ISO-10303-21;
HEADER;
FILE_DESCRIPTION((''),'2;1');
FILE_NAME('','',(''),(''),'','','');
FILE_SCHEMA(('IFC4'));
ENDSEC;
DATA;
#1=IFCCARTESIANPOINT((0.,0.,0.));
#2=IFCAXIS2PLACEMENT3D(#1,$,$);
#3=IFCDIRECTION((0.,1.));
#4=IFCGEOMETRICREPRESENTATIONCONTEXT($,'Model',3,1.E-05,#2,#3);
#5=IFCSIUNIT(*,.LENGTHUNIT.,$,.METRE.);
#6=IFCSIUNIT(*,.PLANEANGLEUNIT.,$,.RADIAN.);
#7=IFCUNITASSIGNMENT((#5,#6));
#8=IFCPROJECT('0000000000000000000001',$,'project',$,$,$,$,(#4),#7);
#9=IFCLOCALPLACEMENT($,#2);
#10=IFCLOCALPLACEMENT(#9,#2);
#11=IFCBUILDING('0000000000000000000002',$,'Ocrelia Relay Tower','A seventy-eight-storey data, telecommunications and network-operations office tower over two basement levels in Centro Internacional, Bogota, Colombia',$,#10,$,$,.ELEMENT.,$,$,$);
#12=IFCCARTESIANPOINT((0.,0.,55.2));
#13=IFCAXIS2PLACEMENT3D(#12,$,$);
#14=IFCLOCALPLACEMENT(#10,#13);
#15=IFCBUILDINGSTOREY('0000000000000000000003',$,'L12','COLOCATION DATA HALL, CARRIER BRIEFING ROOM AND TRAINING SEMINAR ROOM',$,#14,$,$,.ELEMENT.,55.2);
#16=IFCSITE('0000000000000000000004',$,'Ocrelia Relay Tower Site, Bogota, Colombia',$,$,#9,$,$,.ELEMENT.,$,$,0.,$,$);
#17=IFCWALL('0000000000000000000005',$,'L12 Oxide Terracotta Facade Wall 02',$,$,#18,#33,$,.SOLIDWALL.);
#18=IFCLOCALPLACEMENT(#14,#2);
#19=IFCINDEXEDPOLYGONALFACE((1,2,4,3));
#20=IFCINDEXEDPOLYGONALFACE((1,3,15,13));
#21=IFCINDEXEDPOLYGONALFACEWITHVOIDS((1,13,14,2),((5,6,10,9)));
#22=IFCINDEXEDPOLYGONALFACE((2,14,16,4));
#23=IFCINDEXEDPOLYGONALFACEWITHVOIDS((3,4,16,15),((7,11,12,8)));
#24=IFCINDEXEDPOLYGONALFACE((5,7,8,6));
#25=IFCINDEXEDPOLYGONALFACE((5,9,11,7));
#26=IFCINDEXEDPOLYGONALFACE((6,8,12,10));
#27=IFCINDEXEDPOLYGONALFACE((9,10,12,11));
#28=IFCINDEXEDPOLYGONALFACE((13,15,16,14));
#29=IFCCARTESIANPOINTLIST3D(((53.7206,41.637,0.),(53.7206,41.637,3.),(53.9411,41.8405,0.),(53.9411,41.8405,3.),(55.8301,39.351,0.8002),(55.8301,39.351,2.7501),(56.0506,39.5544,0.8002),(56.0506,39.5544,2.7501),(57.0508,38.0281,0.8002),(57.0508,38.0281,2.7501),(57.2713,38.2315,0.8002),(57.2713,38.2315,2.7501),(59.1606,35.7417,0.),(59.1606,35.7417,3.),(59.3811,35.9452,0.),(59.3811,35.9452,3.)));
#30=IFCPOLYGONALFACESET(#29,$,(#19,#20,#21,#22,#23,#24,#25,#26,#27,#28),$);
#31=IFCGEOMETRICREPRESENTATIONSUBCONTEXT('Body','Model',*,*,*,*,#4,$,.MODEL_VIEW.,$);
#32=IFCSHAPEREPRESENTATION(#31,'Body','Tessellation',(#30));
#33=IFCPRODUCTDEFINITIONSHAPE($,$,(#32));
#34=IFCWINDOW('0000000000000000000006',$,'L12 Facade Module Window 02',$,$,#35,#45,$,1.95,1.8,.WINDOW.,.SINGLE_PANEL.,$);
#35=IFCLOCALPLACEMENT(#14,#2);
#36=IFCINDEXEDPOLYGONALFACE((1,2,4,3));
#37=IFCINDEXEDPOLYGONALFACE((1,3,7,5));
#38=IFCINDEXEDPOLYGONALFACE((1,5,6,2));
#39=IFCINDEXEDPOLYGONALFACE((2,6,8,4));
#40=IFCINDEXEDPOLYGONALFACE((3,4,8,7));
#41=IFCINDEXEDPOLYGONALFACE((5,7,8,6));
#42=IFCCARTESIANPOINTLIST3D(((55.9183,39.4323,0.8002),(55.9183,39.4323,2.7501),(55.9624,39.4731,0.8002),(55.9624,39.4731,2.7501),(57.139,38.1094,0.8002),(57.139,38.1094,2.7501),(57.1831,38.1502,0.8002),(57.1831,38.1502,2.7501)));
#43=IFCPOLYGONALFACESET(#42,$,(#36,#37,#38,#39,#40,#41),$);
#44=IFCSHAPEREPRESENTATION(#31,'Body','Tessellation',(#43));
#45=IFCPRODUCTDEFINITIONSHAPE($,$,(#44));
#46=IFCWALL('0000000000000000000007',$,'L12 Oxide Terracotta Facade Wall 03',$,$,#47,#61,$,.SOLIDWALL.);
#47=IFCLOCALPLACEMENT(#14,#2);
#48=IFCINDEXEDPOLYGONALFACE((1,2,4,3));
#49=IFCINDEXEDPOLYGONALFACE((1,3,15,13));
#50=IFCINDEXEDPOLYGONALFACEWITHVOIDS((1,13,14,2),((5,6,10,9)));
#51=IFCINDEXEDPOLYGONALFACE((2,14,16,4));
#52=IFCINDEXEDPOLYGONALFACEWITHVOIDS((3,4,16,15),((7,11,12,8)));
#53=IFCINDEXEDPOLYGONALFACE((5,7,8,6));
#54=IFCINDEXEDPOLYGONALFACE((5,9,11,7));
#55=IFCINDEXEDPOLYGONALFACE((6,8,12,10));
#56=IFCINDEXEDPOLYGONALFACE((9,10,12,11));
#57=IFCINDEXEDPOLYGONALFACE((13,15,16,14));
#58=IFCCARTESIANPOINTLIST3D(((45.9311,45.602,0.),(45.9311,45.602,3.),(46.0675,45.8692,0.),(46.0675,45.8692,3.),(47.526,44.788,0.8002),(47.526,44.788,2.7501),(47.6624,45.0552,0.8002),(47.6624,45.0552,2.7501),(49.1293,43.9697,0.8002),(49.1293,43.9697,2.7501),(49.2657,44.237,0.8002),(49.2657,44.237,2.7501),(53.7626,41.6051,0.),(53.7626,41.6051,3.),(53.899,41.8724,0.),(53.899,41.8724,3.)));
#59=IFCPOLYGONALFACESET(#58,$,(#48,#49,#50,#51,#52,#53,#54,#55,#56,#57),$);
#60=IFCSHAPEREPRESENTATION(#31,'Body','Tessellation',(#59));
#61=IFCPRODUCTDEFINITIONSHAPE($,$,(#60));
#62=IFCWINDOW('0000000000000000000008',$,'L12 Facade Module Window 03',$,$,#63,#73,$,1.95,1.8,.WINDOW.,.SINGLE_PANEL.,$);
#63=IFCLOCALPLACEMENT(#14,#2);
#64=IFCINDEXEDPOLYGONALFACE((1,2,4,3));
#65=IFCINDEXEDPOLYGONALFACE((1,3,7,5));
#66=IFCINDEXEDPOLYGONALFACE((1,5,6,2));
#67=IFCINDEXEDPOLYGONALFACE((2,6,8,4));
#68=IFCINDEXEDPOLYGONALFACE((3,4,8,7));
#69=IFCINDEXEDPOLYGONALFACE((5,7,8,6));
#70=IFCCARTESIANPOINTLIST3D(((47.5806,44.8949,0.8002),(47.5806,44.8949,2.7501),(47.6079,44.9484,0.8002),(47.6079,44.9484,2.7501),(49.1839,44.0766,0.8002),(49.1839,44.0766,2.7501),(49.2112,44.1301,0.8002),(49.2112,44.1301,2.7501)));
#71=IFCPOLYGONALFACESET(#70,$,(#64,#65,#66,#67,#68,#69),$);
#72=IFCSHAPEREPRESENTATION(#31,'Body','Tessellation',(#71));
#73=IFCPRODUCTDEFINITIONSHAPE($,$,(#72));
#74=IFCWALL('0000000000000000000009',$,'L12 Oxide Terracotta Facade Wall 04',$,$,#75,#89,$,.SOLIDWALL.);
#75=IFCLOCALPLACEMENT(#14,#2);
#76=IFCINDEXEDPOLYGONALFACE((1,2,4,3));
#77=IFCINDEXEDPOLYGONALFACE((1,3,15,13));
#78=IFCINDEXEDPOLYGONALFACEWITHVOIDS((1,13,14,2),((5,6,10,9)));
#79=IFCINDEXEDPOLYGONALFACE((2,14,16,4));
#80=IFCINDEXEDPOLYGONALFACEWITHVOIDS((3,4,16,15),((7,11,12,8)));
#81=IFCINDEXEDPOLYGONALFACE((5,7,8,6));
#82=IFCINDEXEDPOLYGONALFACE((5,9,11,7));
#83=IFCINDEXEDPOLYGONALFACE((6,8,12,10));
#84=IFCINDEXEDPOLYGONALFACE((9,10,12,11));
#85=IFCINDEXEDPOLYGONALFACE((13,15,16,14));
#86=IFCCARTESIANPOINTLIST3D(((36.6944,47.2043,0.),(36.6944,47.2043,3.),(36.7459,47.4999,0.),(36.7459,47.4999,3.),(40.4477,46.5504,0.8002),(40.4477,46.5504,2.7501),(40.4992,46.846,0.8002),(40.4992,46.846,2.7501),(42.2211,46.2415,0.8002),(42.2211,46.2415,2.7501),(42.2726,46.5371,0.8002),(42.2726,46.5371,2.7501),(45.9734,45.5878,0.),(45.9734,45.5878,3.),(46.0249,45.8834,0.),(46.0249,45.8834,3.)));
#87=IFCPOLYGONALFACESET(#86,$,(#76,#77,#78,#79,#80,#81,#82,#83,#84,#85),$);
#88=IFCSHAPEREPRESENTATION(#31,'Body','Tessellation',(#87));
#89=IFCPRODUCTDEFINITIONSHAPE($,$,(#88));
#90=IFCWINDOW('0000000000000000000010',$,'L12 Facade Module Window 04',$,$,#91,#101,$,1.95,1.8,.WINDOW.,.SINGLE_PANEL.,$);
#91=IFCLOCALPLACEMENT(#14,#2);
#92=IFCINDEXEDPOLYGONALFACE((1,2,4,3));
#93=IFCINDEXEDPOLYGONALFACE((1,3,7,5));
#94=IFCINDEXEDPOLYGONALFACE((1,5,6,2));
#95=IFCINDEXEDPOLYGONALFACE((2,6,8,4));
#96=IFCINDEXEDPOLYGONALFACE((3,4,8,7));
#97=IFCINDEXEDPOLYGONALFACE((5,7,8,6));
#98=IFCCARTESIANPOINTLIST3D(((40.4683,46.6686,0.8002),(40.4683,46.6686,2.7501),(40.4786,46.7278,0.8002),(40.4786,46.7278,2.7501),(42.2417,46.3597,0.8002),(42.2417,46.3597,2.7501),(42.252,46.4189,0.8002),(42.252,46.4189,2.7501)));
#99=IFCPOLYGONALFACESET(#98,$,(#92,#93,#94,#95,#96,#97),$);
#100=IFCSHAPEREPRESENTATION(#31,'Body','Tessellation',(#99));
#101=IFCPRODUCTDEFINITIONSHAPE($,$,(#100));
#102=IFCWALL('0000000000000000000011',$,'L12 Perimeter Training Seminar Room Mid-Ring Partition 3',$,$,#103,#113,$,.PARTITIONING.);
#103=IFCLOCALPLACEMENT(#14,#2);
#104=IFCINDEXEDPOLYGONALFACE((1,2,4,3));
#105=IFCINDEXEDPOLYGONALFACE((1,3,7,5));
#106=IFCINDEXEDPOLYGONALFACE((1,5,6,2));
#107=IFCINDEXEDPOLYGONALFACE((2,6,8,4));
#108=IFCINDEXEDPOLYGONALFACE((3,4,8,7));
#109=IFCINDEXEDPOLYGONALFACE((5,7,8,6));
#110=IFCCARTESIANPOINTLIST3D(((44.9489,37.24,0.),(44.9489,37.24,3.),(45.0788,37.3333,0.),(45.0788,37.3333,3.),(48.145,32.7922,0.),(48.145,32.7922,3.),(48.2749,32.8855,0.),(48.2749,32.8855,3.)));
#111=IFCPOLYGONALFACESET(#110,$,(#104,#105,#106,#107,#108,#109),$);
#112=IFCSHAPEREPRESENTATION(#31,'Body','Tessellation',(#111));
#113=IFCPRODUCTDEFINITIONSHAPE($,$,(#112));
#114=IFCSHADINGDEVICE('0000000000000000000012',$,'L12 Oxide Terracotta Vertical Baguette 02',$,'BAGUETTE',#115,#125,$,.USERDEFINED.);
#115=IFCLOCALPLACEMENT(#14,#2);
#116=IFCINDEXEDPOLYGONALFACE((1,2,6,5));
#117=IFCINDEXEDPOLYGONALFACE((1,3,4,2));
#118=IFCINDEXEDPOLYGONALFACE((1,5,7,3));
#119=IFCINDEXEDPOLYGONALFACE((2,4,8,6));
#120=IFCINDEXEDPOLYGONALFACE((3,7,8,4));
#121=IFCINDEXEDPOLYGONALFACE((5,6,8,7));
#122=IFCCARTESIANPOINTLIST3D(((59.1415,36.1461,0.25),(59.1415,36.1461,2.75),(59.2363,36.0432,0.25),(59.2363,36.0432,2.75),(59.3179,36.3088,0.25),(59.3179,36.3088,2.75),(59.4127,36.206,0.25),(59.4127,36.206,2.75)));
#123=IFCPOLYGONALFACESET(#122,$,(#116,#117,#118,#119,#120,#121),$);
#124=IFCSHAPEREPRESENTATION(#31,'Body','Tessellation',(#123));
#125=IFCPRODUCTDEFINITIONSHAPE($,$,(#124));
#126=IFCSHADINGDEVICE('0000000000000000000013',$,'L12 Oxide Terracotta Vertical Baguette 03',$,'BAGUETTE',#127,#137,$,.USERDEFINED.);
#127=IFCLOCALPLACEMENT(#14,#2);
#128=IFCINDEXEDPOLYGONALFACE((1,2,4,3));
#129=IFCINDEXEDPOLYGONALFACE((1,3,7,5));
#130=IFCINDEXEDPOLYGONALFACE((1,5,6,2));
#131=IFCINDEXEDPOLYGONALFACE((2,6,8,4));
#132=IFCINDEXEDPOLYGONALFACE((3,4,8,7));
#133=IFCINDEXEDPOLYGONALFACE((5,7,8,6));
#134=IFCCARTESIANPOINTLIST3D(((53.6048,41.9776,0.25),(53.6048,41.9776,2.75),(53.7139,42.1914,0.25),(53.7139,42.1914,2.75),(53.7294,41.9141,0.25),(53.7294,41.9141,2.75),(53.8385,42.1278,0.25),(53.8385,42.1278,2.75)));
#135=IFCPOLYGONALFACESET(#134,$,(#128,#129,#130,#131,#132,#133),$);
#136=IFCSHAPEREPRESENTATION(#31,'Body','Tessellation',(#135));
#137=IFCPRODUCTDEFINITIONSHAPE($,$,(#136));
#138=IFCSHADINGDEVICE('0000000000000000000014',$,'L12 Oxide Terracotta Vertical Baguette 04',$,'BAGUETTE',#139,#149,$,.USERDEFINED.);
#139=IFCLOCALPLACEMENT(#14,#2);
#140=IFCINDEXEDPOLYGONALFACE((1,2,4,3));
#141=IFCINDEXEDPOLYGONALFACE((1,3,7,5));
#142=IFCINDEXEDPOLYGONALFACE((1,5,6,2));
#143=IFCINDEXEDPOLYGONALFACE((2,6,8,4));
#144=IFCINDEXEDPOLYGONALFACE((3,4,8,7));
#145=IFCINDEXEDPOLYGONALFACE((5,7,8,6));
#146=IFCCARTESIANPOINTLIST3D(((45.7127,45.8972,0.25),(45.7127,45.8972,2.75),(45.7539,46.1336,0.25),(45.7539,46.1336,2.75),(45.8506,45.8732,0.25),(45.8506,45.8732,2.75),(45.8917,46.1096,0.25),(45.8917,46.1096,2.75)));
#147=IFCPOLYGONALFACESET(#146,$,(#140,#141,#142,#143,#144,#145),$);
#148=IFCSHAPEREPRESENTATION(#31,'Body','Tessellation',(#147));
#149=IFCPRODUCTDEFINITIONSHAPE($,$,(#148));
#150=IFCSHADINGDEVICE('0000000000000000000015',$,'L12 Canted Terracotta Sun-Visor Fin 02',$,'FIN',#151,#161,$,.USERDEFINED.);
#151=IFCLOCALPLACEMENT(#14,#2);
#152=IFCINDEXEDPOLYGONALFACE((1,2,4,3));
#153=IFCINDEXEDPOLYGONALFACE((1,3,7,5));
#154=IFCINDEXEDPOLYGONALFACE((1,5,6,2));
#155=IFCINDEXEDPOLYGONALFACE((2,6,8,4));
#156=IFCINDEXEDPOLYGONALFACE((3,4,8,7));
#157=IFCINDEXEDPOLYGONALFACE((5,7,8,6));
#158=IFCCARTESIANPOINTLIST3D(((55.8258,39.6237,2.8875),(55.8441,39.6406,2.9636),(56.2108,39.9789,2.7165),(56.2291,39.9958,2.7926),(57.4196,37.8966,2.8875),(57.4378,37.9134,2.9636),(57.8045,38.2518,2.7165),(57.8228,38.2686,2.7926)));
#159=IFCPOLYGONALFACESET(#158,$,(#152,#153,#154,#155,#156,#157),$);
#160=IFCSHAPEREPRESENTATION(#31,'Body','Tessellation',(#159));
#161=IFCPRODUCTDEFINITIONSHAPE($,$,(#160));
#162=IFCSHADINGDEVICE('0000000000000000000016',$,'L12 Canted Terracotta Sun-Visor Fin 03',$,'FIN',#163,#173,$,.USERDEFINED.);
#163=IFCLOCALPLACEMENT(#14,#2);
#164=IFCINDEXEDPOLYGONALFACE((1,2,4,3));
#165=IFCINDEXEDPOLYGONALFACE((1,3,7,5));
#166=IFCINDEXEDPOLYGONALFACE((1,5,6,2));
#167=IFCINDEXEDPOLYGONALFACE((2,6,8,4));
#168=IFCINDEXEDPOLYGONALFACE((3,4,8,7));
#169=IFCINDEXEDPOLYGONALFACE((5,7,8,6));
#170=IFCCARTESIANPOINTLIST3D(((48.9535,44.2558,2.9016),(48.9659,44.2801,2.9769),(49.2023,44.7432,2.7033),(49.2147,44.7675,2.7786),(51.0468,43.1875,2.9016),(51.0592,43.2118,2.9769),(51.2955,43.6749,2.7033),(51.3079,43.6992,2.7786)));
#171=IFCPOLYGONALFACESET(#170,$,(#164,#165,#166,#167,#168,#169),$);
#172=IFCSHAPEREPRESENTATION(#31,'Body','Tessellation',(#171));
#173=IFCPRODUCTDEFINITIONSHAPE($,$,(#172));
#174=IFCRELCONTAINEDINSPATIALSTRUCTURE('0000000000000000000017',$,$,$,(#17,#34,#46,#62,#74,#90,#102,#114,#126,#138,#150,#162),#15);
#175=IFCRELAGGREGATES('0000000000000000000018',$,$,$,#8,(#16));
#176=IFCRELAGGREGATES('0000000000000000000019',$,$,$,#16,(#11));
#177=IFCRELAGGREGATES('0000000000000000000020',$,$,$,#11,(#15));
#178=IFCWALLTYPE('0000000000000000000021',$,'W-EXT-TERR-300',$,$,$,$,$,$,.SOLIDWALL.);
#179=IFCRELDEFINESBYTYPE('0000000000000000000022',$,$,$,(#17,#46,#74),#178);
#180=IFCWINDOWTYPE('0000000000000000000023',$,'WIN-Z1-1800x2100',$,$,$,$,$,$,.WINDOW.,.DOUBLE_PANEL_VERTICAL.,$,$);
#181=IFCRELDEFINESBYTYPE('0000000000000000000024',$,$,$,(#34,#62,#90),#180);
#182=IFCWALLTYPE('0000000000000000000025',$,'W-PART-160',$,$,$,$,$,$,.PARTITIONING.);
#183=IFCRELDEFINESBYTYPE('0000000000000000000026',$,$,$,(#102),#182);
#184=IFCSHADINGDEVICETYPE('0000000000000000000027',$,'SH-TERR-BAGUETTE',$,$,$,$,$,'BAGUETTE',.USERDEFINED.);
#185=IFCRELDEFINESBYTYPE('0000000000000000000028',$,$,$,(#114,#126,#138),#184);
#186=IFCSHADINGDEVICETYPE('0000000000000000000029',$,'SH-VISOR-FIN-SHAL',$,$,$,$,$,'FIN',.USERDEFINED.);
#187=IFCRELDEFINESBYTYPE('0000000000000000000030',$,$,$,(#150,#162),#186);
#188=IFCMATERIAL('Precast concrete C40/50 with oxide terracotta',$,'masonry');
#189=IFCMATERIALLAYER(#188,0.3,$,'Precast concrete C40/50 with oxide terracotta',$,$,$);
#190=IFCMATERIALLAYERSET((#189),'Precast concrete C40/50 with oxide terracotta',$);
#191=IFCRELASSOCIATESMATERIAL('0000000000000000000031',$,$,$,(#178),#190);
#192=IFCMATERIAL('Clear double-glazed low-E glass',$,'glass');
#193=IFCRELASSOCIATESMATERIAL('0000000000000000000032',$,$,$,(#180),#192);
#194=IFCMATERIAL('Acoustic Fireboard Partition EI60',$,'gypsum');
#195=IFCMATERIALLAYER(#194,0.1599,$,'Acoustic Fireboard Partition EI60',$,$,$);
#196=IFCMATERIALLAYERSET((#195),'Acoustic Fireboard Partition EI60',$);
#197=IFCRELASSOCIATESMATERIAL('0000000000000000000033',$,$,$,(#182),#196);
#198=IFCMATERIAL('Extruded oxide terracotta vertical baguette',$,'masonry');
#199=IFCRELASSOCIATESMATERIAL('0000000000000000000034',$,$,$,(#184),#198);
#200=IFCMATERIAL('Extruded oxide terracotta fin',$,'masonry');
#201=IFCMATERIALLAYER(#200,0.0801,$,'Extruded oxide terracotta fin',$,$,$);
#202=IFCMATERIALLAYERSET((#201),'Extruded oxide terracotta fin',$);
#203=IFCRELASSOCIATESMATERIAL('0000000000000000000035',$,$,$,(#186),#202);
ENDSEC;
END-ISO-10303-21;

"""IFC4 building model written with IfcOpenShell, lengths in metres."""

from ifc_helpers import new_model, si_unit, direction, frame, frame_2d, origin, origin_2d, place, context, subcontext, project, spatial, rectangle, extrude, material, layer, layer_set, type_object, element, fill, save


model = new_model("IFC4")

# Units and contexts
model_context = context("Model", 3, precision=1e-05, world=origin(), true_north=direction((0.0, 1.0)))
body_context = subcontext(model_context, "Body", "Model", "MODEL_VIEW")
ifc_project = project(units=[si_unit("LENGTHUNIT", "METRE"), si_unit("PLANEANGLEUNIT", "RADIAN")], contexts=[model_context])

# Site, building, storey
site_placement = place(None, origin())
site = spatial("IfcSite", under=ifc_project, at=site_placement, Name="Ocrelia Relay Tower Site, Bogota, Colombia", CompositionType="ELEMENT", RefElevation=0.0)
building_placement = place(site_placement, origin())
building = spatial("IfcBuilding", under=site, at=building_placement, Name="Ocrelia Relay Tower", Description="A seventy-eight-storey data, telecommunications and network-operations office tower over two basement levels in Centro Internacional, Bogota, Colombia", CompositionType="ELEMENT")
storey_placement = place(building_placement, frame((0.0, 0.0, 55.2)))
storey = spatial("IfcBuildingStorey", under=building, at=storey_placement, Name="L12", Description="COLOCATION DATA HALL, CARRIER BRIEFING ROOM AND TRAINING SEMINAR ROOM", CompositionType="ELEMENT", Elevation=55.2)

# Shared definitions
ifc_material_1 = material(Name="Clear double-glazed low-E glass", Category="glass")

# Walls, openings, windows
ifc_material_2 = material(Name="Precast concrete C40/50 with oxide terracotta", Category="masonry")
ifc_layer_1 = layer(ifc_material_2, 0.3, Name="Precast concrete C40/50 with oxide terracotta")
ifc_layer_set_1 = layer_set([ifc_layer_1], Name="Precast concrete C40/50 with oxide terracotta")
wall_type_1 = type_object("IfcWallType", Name="W-EXT-TERR-300", PredefinedType="SOLIDWALL", material=ifc_layer_set_1)
wall_1_placement = place(storey_placement, frame((59.2708, 35.8435, 0.0), z_axis=(0.0, 0.0, 1.0), x_axis=(-0.678156, 0.734918, 0.0)))
wall_1 = element("IfcWall", 1, at=wall_1_placement, inside=storey, type_object=wall_type_1, Name="L12 Oxide Terracotta Facade Wall 02", PredefinedType="SOLIDWALL", context=body_context, shape_type="SweptSolid", body=[
    extrude(rectangle(XDim=8.0217, YDim=0.3, at=frame_2d((4.0107, 0.0))), origin(), (0.0, 0.0, 1.0), 3.0),
])
opening_1_placement = place(wall_1_placement, frame((3.1111, 0.0, 0.8)))
opening_1 = element("IfcOpeningElement", 2, at=opening_1_placement, cuts=wall_1, PredefinedType="OPENING", context=body_context, shape_type="SweptSolid", body=[
    extrude(rectangle(XDim=1.8, YDim=1.95, at=frame_2d((0.8999, 0.9751))), frame((0.0, 0.1602, 0.0), z_axis=(0.0, -1.0, 0.0), x_axis=(1.0, 0.0, 0.0)), (0.0, 0.0, 1.0), 0.3201),
])
window_type = type_object("IfcWindowType", Name="WIN-Z1-1800x2100", PartitioningType="DOUBLE_PANEL_VERTICAL", PredefinedType="WINDOW", material=ifc_material_1)
window_1_placement = place(opening_1_placement, origin())
window_1 = element("IfcWindow", 3, at=window_1_placement, inside=storey, type_object=window_type, Name="L12 Facade Module Window 02", OverallHeight=1.95, OverallWidth=1.8, PartitioningType="SINGLE_PANEL", PredefinedType="WINDOW", context=body_context, shape_type="SweptSolid", body=[
    extrude(rectangle(XDim=1.8, YDim=1.95, at=frame_2d((0.8999, 0.9751))), frame((0.0, 0.03, 0.0), z_axis=(0.0, -1.0, 0.0), x_axis=(1.0, 0.0, 0.0)), (0.0, 0.0, 1.0), 0.0601),
])
fill(opening_1, window_1)
wall_2_placement = place(storey_placement, frame((53.8308, 41.7388, 0.0), z_axis=(0.0, 0.0, 1.0), x_axis=(-0.890709, 0.454573, 0.0)))
wall_2 = element("IfcWall", 4, at=wall_2_placement, inside=storey, type_object=wall_type_1, Name="L12 Oxide Terracotta Facade Wall 03", PredefinedType="SOLIDWALL", context=body_context, shape_type="SweptSolid", body=[
    extrude(rectangle(XDim=8.7925, YDim=0.3, at=frame_2d((4.3962, 0.0))), origin(), (0.0, 0.0, 1.0), 3.0),
])
opening_2_placement = place(wall_2_placement, frame((5.2019, 0.0, 0.8)))
opening_2 = element("IfcOpeningElement", 5, at=opening_2_placement, cuts=wall_2, PredefinedType="OPENING", context=body_context, shape_type="SweptSolid", body=[
    extrude(rectangle(XDim=1.8, YDim=1.95, at=frame_2d((0.8999, 0.9751))), frame((0.0, 0.1602, 0.0), z_axis=(0.0, -1.0, 0.0), x_axis=(1.0, 0.0, 0.0)), (0.0, 0.0, 1.0), 0.3201),
])
window_2_placement = place(opening_2_placement, origin())
window_2 = element("IfcWindow", 6, at=window_2_placement, inside=storey, type_object=window_type, Name="L12 Facade Module Window 03", OverallHeight=1.95, OverallWidth=1.8, PartitioningType="SINGLE_PANEL", PredefinedType="WINDOW", context=body_context, shape_type="SweptSolid", body=[
    extrude(rectangle(XDim=1.8, YDim=1.95, at=frame_2d((0.8999, 0.9751))), frame((0.0, 0.03, 0.0), z_axis=(0.0, -1.0, 0.0), x_axis=(1.0, 0.0, 0.0)), (0.0, 0.0, 1.0), 0.0601),
])
fill(opening_2, window_2)
wall_3_placement = place(storey_placement, frame((45.9993, 45.7356, 0.0), z_axis=(0.0, 0.0, 1.0), x_axis=(-0.985163, 0.17162, 0.0)))
wall_3 = element("IfcWall", 7, at=wall_3_placement, inside=storey, type_object=wall_type_1, Name="L12 Oxide Terracotta Facade Wall 04", PredefinedType="SOLIDWALL", context=body_context, shape_type="SweptSolid", body=[
    extrude(rectangle(XDim=9.4187, YDim=0.3, at=frame_2d((4.7095, 0.0))), origin(), (0.0, 0.0, 1.0), 3.0),
])
opening_3_placement = place(wall_3_placement, frame((3.8091, 0.0, 0.8)))
opening_3 = element("IfcOpeningElement", 8, at=opening_3_placement, cuts=wall_3, PredefinedType="OPENING", context=body_context, shape_type="SweptSolid", body=[
    extrude(rectangle(XDim=1.8, YDim=1.95, at=frame_2d((0.8999, 0.9751))), frame((0.0, 0.1602, 0.0), z_axis=(0.0, -1.0, 0.0), x_axis=(1.0, 0.0, 0.0)), (0.0, 0.0, 1.0), 0.3201),
])
window_3_placement = place(opening_3_placement, origin())
window_3 = element("IfcWindow", 9, at=window_3_placement, inside=storey, type_object=window_type, Name="L12 Facade Module Window 04", OverallHeight=1.95, OverallWidth=1.8, PartitioningType="SINGLE_PANEL", PredefinedType="WINDOW", context=body_context, shape_type="SweptSolid", body=[
    extrude(rectangle(XDim=1.8, YDim=1.95, at=frame_2d((0.8999, 0.9751))), frame((0.0, 0.03, 0.0), z_axis=(0.0, -1.0, 0.0), x_axis=(1.0, 0.0, 0.0)), (0.0, 0.0, 1.0), 0.0601),
])
fill(opening_3, window_3)

# Wall
ifc_material_3 = material(Name="Acoustic Fireboard Partition EI60", Category="gypsum")
ifc_layer_2 = layer(ifc_material_3, 0.1599, Name="Acoustic Fireboard Partition EI60")
ifc_layer_set_2 = layer_set([ifc_layer_2], Name="Acoustic Fireboard Partition EI60")
wall_type_2 = type_object("IfcWallType", Name="W-PART-160", PredefinedType="PARTITIONING", material=ifc_layer_set_2)
wall_4_placement = place(storey_placement, frame((48.21, 32.8389, 0.0), z_axis=(0.0, 0.0, 1.0), x_axis=(-0.583542, 0.812083, 0.0)))
element("IfcWall", 10, at=wall_4_placement, inside=storey, type_object=wall_type_2, Name="L12 Perimeter Training Seminar Room Mid-Ring Partition 3", PredefinedType="PARTITIONING", context=body_context, shape_type="SweptSolid", body=[
    extrude(rectangle(XDim=5.4771, YDim=0.1599, at=frame_2d((2.7385, 0.0))), origin(), (0.0, 0.0, 1.0), 3.0),
])

# Shading devices
ifc_material_4 = material(Name="Extruded oxide terracotta vertical baguette", Category="masonry")
shading_device_type_1 = type_object("IfcShadingDeviceType", Name="SH-TERR-BAGUETTE", ElementType="BAGUETTE", PredefinedType="USERDEFINED", material=ifc_material_4)
for number, where, z_axis, x_axis, name in (
    (11, (59.2771, 36.176, 0.25), (0.0, 0.0, 1.0), (-0.678151, 0.734923, 0.0), "L12 Oxide Terracotta Vertical Baguette 02"),
    (12, (53.7217, 42.0527, 0.25), (0.0, 0.0, 1.0), (-0.89071, 0.454573, 0.0), "L12 Oxide Terracotta Vertical Baguette 03"),
    (13, (45.8022, 46.0034, 0.25), (0.0, 0.0, 1.0), (-0.985164, 0.171615, 0.0), "L12 Oxide Terracotta Vertical Baguette 04"),
):
    element("IfcShadingDevice", number, at=place(storey_placement, frame(where, z_axis=z_axis, x_axis=x_axis)), inside=storey, type_object=shading_device_type_1, Name=name, ObjectType="BAGUETTE", PredefinedType="USERDEFINED", context=body_context, shape_type="SweptSolid", body=[
        extrude(rectangle(XDim=0.1399, YDim=0.24, at=origin_2d()), origin(), (0.0, 0.0, 1.0), 2.5),
    ])
ifc_material_5 = material(Name="Extruded oxide terracotta fin", Category="masonry")
ifc_layer_3 = layer(ifc_material_5, 0.0801, Name="Extruded oxide terracotta fin")
ifc_layer_set_3 = layer_set([ifc_layer_3], Name="Extruded oxide terracotta fin")
shading_device_type_2 = type_object("IfcShadingDeviceType", Name="SH-VISOR-FIN-SHAL", ElementType="FIN", PredefinedType="USERDEFINED", material=ifc_layer_set_3)
shading_device_1_placement = place(storey_placement, frame((56.8152, 38.9377, 2.802), z_axis=(0.228079, 0.21046, 0.950624), x_axis=(-0.678151, 0.734923, 0.0)))
element("IfcShadingDevice", 14, at=shading_device_1_placement, inside=storey, type_object=shading_device_type_2, Name="L12 Canted Terracotta Sun-Visor Fin 02", ObjectType="FIN", PredefinedType="USERDEFINED", context=body_context, shape_type="SweptSolid", body=[
    extrude(rectangle(XDim=2.3501, YDim=0.551, at=origin_2d()), origin(), (0.0, 0.0, 1.0), 0.0801),
])
shading_device_2_placement = place(storey_placement, frame((50.1245, 43.9653, 2.8025), z_axis=(0.154876, 0.303472, 0.940169), x_axis=(-0.89071, 0.454573, 0.0)))
element("IfcShadingDevice", 15, at=shading_device_2_placement, inside=storey, type_object=shading_device_type_2, Name="L12 Canted Terracotta Sun-Visor Fin 03", ObjectType="FIN", PredefinedType="USERDEFINED", context=body_context, shape_type="SweptSolid", body=[
    extrude(rectangle(XDim=2.3501, YDim=0.582, at=origin_2d()), origin(), (0.0, 0.0, 1.0), 0.0801),
])

save(model, "model.ifc")
